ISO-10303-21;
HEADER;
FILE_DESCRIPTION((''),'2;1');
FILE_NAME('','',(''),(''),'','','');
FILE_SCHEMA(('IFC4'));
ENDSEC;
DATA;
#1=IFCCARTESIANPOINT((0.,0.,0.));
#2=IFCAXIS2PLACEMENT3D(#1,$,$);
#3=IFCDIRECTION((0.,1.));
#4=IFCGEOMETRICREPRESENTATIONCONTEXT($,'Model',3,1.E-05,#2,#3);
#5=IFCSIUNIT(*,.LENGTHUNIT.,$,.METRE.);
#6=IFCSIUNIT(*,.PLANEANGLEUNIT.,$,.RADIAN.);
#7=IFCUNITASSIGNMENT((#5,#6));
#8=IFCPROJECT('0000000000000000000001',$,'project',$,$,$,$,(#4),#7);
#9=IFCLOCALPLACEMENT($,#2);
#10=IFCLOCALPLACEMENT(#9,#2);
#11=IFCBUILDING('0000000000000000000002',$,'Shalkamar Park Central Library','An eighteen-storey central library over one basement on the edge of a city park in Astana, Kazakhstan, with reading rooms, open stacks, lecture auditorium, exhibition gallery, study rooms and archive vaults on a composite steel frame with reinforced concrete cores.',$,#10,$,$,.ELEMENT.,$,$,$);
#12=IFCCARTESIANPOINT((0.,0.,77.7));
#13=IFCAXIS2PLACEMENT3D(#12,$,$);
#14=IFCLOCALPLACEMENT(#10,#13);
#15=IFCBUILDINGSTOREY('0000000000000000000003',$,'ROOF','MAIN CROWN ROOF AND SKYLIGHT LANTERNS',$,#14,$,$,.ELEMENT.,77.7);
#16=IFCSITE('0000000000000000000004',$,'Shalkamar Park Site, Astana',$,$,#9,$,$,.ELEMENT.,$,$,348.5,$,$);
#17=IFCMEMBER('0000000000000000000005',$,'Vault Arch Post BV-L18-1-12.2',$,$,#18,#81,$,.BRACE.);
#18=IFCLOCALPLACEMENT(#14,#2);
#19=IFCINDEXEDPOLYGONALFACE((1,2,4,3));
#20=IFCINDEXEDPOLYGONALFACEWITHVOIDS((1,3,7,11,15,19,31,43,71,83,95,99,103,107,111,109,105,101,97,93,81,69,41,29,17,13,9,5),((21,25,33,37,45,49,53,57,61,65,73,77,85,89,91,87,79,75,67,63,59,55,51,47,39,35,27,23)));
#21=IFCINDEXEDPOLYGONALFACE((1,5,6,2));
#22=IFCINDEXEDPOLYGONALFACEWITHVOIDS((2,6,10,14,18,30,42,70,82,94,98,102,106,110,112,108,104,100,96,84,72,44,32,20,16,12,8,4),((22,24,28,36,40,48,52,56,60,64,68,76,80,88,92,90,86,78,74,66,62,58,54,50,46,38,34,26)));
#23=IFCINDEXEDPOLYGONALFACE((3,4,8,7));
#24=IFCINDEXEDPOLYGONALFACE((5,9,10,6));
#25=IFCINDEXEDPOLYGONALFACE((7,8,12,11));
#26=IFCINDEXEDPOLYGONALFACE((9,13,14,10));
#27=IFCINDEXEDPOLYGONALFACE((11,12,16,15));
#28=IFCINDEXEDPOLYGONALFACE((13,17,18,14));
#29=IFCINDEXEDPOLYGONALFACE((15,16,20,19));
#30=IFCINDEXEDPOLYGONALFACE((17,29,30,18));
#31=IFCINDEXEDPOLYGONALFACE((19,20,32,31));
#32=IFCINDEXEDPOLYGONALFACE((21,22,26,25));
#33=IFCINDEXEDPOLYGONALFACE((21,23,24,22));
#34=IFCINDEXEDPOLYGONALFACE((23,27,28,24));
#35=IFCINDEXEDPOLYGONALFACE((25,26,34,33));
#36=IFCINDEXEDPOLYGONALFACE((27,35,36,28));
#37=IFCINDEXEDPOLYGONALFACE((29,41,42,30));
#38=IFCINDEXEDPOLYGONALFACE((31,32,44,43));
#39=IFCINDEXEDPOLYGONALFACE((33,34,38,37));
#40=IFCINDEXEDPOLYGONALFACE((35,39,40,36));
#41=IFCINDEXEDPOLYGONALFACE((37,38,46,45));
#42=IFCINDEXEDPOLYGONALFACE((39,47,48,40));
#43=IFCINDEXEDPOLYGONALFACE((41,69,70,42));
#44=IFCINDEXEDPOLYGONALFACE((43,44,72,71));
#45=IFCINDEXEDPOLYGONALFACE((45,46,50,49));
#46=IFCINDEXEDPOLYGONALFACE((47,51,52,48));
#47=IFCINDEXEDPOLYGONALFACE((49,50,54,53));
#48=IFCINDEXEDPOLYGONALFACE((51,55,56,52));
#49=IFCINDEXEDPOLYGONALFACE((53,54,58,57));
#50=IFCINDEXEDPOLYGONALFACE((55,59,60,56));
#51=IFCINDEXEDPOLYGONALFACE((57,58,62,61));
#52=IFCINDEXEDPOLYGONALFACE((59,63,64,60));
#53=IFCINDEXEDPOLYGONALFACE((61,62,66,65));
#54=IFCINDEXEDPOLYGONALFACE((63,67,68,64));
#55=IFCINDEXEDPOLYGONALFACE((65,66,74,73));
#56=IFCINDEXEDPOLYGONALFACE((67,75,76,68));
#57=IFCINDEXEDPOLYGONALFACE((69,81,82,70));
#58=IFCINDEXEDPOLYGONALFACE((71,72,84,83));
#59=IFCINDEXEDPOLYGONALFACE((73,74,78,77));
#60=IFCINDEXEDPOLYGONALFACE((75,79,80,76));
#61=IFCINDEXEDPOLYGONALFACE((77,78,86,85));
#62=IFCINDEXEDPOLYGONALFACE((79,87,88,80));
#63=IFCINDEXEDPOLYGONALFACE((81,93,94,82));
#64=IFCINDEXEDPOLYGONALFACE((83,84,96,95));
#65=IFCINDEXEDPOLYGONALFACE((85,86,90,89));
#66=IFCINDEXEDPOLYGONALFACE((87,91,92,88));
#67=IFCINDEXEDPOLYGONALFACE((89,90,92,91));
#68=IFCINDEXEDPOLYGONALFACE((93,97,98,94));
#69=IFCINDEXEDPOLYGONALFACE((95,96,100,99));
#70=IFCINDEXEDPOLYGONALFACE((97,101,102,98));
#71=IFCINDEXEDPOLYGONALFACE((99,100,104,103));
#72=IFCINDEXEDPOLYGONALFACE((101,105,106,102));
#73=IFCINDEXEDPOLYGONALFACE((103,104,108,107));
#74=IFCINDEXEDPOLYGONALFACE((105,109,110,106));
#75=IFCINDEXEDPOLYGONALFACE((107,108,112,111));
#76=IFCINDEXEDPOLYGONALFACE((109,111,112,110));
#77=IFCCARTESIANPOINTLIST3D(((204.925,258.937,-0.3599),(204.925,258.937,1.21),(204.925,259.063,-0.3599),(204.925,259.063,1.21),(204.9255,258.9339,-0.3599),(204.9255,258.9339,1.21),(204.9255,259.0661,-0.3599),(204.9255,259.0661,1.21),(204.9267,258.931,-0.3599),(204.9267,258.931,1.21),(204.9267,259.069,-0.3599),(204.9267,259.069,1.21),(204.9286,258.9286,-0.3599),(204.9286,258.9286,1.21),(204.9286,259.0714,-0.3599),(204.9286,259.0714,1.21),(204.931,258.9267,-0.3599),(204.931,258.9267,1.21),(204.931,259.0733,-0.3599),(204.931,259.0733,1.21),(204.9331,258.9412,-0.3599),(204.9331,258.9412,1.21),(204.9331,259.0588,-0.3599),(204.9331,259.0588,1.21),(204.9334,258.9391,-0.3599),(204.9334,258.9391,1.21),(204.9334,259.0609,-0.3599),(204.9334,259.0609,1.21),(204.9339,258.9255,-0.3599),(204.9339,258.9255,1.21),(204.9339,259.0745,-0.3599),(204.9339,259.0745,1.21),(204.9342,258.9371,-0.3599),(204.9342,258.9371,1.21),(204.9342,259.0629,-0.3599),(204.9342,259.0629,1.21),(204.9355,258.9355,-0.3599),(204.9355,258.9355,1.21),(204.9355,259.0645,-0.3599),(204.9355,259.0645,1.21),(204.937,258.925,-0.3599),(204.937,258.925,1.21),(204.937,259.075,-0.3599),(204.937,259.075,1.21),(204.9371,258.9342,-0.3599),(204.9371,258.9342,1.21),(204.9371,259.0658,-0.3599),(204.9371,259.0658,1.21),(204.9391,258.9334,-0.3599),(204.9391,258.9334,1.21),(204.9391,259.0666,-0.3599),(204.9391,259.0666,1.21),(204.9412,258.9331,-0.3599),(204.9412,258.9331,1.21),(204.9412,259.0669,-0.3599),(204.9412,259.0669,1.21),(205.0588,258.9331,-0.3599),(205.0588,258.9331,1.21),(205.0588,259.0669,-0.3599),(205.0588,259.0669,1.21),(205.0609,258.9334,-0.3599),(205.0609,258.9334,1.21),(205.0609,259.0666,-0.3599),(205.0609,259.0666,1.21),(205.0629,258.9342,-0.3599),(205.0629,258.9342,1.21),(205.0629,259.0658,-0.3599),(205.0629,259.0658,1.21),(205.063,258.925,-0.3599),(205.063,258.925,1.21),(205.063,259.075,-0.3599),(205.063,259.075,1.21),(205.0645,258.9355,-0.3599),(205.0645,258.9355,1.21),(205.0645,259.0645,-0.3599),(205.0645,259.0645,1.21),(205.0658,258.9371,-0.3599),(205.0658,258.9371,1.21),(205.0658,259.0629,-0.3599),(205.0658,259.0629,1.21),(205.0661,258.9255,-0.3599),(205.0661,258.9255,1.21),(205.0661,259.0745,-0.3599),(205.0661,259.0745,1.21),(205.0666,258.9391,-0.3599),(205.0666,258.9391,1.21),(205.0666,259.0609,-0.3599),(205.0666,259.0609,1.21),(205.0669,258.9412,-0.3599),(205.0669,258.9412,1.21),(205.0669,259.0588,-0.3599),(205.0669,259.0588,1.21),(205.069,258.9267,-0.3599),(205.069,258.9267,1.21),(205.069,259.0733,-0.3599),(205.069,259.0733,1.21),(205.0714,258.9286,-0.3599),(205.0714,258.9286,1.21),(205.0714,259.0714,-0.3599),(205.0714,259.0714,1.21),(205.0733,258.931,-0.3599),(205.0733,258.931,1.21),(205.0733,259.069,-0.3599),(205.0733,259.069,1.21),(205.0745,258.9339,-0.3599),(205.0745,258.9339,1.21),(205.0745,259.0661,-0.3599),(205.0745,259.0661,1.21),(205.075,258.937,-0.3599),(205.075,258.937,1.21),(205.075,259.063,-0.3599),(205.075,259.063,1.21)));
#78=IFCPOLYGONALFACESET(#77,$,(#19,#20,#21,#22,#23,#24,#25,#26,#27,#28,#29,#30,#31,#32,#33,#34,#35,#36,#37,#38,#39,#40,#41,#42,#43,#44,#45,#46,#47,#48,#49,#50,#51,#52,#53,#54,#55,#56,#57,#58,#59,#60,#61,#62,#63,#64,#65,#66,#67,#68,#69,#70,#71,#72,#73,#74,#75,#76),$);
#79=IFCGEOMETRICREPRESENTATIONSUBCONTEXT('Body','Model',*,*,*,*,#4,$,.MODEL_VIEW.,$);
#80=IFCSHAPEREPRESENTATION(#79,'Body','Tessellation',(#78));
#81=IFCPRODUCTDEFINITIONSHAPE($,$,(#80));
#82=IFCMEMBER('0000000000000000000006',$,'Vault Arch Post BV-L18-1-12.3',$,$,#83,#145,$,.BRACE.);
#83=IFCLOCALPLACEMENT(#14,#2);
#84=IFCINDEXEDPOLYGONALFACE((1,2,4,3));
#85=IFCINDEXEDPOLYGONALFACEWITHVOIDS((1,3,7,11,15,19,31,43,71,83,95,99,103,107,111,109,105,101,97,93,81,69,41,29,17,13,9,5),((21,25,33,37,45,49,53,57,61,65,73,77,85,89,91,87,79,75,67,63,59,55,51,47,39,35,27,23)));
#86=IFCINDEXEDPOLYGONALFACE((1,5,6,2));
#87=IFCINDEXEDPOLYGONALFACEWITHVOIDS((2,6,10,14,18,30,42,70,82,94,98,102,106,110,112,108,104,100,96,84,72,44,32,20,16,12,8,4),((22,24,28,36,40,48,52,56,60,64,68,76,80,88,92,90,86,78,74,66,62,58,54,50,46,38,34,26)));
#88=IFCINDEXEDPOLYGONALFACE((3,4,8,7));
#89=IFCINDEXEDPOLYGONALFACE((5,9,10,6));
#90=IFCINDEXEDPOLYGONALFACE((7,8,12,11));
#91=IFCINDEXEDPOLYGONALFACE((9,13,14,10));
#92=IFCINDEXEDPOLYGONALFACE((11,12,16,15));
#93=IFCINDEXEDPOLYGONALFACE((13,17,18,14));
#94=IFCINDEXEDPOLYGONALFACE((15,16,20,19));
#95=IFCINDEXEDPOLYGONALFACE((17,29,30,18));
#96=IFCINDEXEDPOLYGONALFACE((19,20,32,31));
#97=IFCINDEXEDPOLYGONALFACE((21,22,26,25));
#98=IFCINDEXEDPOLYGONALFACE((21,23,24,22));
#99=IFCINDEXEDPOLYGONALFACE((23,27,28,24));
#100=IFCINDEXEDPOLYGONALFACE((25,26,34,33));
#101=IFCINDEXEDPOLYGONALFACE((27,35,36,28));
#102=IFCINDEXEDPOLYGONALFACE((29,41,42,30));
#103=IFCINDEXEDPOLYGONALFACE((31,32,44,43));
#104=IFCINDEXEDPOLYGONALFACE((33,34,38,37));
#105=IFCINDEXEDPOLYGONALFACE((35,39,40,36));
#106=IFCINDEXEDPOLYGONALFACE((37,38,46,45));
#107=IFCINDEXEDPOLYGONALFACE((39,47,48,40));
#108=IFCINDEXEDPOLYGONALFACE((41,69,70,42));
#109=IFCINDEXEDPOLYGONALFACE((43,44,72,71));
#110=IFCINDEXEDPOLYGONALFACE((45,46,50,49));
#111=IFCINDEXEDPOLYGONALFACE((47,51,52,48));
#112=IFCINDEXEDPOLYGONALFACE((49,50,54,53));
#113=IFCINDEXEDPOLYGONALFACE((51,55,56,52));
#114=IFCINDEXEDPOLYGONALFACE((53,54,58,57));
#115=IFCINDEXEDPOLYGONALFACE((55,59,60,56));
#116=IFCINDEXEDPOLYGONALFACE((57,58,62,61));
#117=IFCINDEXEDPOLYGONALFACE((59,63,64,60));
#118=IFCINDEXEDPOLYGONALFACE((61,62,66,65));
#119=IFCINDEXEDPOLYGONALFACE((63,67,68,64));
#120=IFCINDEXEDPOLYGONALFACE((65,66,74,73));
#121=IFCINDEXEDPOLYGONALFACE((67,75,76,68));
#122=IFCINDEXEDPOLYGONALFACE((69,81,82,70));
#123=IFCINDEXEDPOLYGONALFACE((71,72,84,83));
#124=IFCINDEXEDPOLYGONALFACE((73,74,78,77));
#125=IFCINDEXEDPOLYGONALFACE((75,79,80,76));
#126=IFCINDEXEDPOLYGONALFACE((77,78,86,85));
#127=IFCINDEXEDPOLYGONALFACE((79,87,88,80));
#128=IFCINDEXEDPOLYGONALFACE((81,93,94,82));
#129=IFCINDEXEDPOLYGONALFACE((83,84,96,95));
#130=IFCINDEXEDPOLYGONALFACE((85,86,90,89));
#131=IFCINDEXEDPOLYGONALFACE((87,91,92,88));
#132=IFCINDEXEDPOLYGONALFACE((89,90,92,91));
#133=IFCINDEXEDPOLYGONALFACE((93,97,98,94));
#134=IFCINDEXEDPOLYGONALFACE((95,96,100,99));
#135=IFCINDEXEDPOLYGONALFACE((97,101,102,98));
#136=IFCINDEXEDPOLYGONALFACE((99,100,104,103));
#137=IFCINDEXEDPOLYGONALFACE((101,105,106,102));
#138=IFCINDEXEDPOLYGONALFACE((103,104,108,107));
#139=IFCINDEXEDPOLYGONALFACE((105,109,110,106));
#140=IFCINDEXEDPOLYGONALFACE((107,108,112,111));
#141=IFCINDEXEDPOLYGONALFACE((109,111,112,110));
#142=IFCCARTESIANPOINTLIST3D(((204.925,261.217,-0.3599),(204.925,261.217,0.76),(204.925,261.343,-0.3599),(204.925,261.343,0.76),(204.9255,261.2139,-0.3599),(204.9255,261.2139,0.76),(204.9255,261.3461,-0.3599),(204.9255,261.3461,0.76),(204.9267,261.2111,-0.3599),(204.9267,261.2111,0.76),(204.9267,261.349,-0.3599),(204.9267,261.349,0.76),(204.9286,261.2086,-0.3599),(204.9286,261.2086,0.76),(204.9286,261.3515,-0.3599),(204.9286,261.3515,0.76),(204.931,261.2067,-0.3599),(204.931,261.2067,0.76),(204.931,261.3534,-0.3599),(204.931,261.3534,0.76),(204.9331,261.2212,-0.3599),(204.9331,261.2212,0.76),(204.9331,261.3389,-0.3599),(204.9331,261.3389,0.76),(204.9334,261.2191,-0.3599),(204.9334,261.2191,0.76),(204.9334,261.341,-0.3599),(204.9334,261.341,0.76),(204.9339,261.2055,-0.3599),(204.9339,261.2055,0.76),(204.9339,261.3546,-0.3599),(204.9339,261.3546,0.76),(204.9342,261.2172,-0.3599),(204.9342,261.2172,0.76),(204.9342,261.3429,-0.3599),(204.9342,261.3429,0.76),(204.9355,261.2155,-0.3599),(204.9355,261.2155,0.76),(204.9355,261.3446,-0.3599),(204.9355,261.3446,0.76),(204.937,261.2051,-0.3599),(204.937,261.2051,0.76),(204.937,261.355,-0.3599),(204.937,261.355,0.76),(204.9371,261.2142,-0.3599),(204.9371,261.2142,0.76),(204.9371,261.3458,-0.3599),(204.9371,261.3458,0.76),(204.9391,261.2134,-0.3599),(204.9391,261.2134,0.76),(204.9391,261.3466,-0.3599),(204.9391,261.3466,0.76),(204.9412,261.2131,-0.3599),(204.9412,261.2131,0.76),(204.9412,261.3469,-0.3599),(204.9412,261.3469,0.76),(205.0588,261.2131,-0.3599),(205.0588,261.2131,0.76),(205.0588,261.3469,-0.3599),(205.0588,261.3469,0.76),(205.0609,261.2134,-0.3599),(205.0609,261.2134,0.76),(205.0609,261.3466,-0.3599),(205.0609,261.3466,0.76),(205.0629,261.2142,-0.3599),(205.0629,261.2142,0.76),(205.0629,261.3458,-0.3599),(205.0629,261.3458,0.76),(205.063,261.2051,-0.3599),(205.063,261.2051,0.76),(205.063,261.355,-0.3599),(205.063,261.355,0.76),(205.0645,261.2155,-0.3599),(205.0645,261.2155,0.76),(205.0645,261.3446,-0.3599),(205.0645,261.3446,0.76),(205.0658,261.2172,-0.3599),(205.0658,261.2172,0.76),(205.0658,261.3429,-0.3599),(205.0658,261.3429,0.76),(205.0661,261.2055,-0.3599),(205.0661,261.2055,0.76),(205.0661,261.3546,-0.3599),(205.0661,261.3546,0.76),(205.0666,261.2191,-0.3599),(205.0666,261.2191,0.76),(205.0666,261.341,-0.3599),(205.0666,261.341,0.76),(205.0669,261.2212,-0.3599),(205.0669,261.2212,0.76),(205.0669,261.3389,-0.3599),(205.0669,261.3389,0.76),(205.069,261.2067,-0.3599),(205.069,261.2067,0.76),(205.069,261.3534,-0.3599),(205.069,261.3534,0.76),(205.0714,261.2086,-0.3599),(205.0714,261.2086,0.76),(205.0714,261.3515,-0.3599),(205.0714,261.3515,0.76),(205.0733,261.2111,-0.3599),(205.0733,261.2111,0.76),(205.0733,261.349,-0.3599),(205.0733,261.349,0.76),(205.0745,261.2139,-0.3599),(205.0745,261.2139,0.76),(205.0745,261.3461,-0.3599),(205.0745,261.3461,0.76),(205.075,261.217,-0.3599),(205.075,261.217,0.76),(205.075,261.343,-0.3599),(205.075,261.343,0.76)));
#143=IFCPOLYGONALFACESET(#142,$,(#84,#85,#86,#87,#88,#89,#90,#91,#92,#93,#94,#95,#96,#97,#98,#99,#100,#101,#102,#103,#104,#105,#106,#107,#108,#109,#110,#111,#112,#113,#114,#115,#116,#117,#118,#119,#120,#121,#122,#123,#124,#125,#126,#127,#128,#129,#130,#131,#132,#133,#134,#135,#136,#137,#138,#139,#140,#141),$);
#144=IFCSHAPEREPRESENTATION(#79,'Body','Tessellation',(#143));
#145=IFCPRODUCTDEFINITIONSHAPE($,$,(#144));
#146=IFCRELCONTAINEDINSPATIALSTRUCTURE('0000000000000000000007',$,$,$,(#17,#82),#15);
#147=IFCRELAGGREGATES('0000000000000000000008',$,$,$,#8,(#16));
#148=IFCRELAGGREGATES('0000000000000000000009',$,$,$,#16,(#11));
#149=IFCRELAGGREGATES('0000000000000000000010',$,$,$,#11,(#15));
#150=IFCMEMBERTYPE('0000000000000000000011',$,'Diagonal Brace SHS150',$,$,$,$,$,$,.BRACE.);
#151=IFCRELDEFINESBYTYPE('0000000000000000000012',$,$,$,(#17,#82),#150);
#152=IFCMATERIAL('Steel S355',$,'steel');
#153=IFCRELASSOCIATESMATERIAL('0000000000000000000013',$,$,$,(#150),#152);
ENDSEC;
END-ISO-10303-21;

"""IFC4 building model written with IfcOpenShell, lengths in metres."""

from ifc_helpers import new_model, si_unit, direction, frame, origin, origin_2d, place, context, subcontext, project, spatial, hollow_rectangle, extrude, material, material_profile, profile_set, type_object, element, save


model = new_model("IFC4")

# Units and contexts
model_context = context("Model", 3, precision=1e-05, world=origin(), true_north=direction((0.0, 1.0)))
body_context = subcontext(model_context, "Body", "Model", "MODEL_VIEW")
ifc_project = project(units=[si_unit("LENGTHUNIT", "METRE"), si_unit("PLANEANGLEUNIT", "RADIAN")], contexts=[model_context])

# Site, building, storey
site_placement = place(None, origin())
site = spatial("IfcSite", under=ifc_project, at=site_placement, Name="Shalkamar Park Site, Astana", CompositionType="ELEMENT", RefElevation=348.5)
building_placement = place(site_placement, origin())
building = spatial("IfcBuilding", under=site, at=building_placement, Name="Shalkamar Park Central Library", Description="An eighteen-storey central library over one basement on the edge of a city park in Astana, Kazakhstan, with reading rooms, open stacks, lecture auditorium, exhibition gallery, study rooms and archive vaults on a composite steel frame with reinforced concrete cores.", CompositionType="ELEMENT")
storey_placement = place(building_placement, frame((0.0, 0.0, 77.7)))
storey = spatial("IfcBuildingStorey", under=building, at=storey_placement, Name="ROOF", Description="MAIN CROWN ROOF AND SKYLIGHT LANTERNS", CompositionType="ELEMENT", Elevation=77.7)

# Members
ifc_material_1 = material(Name="Steel S355", Category="steel")
ifc_material_profile_1 = material_profile(ifc_material_1, hollow_rectangle(XDim=0.1499, YDim=0.1499, WallThickness=0.0081, InnerFilletRadius=0.0081, OuterFilletRadius=0.012, at=origin_2d()), Name="SHS 150x150x8")
ifc_profile_set_1 = profile_set([ifc_material_profile_1], Name="Steel S355")
member_type_1 = type_object("IfcMemberType", Name="Diagonal Brace SHS150", PredefinedType="BRACE", material=ifc_profile_set_1)
member_1_placement = place(storey_placement, frame((205.0, 259.0, -0.3599), z_axis=(0.0, 0.0, 1.0), x_axis=(1.0, 0.0, 0.0)))
element("IfcMember", 1, at=member_1_placement, inside=storey, type_object=member_type_1, Name="Vault Arch Post BV-L18-1-12.2", PredefinedType="BRACE", context=body_context, shape_type="SweptSolid", body=[
    extrude(hollow_rectangle(XDim=0.1499, YDim=0.1499, WallThickness=0.0081, InnerFilletRadius=0.0081, OuterFilletRadius=0.012, at=origin_2d()), origin(), (0.0, 0.0, 1.0), 1.5698),
])
member_2_placement = place(storey_placement, frame((205.0, 261.28, -0.3599), z_axis=(0.0, 0.0, 1.0), x_axis=(1.0, 0.0, 0.0)))
element("IfcMember", 2, at=member_2_placement, inside=storey, type_object=member_type_1, Name="Vault Arch Post BV-L18-1-12.3", PredefinedType="BRACE", context=body_context, shape_type="SweptSolid", body=[
    extrude(hollow_rectangle(XDim=0.1499, YDim=0.1499, WallThickness=0.0081, InnerFilletRadius=0.0081, OuterFilletRadius=0.012, at=origin_2d()), origin(), (0.0, 0.0, 1.0), 1.1199),
])

save(model, "model.ifc")
